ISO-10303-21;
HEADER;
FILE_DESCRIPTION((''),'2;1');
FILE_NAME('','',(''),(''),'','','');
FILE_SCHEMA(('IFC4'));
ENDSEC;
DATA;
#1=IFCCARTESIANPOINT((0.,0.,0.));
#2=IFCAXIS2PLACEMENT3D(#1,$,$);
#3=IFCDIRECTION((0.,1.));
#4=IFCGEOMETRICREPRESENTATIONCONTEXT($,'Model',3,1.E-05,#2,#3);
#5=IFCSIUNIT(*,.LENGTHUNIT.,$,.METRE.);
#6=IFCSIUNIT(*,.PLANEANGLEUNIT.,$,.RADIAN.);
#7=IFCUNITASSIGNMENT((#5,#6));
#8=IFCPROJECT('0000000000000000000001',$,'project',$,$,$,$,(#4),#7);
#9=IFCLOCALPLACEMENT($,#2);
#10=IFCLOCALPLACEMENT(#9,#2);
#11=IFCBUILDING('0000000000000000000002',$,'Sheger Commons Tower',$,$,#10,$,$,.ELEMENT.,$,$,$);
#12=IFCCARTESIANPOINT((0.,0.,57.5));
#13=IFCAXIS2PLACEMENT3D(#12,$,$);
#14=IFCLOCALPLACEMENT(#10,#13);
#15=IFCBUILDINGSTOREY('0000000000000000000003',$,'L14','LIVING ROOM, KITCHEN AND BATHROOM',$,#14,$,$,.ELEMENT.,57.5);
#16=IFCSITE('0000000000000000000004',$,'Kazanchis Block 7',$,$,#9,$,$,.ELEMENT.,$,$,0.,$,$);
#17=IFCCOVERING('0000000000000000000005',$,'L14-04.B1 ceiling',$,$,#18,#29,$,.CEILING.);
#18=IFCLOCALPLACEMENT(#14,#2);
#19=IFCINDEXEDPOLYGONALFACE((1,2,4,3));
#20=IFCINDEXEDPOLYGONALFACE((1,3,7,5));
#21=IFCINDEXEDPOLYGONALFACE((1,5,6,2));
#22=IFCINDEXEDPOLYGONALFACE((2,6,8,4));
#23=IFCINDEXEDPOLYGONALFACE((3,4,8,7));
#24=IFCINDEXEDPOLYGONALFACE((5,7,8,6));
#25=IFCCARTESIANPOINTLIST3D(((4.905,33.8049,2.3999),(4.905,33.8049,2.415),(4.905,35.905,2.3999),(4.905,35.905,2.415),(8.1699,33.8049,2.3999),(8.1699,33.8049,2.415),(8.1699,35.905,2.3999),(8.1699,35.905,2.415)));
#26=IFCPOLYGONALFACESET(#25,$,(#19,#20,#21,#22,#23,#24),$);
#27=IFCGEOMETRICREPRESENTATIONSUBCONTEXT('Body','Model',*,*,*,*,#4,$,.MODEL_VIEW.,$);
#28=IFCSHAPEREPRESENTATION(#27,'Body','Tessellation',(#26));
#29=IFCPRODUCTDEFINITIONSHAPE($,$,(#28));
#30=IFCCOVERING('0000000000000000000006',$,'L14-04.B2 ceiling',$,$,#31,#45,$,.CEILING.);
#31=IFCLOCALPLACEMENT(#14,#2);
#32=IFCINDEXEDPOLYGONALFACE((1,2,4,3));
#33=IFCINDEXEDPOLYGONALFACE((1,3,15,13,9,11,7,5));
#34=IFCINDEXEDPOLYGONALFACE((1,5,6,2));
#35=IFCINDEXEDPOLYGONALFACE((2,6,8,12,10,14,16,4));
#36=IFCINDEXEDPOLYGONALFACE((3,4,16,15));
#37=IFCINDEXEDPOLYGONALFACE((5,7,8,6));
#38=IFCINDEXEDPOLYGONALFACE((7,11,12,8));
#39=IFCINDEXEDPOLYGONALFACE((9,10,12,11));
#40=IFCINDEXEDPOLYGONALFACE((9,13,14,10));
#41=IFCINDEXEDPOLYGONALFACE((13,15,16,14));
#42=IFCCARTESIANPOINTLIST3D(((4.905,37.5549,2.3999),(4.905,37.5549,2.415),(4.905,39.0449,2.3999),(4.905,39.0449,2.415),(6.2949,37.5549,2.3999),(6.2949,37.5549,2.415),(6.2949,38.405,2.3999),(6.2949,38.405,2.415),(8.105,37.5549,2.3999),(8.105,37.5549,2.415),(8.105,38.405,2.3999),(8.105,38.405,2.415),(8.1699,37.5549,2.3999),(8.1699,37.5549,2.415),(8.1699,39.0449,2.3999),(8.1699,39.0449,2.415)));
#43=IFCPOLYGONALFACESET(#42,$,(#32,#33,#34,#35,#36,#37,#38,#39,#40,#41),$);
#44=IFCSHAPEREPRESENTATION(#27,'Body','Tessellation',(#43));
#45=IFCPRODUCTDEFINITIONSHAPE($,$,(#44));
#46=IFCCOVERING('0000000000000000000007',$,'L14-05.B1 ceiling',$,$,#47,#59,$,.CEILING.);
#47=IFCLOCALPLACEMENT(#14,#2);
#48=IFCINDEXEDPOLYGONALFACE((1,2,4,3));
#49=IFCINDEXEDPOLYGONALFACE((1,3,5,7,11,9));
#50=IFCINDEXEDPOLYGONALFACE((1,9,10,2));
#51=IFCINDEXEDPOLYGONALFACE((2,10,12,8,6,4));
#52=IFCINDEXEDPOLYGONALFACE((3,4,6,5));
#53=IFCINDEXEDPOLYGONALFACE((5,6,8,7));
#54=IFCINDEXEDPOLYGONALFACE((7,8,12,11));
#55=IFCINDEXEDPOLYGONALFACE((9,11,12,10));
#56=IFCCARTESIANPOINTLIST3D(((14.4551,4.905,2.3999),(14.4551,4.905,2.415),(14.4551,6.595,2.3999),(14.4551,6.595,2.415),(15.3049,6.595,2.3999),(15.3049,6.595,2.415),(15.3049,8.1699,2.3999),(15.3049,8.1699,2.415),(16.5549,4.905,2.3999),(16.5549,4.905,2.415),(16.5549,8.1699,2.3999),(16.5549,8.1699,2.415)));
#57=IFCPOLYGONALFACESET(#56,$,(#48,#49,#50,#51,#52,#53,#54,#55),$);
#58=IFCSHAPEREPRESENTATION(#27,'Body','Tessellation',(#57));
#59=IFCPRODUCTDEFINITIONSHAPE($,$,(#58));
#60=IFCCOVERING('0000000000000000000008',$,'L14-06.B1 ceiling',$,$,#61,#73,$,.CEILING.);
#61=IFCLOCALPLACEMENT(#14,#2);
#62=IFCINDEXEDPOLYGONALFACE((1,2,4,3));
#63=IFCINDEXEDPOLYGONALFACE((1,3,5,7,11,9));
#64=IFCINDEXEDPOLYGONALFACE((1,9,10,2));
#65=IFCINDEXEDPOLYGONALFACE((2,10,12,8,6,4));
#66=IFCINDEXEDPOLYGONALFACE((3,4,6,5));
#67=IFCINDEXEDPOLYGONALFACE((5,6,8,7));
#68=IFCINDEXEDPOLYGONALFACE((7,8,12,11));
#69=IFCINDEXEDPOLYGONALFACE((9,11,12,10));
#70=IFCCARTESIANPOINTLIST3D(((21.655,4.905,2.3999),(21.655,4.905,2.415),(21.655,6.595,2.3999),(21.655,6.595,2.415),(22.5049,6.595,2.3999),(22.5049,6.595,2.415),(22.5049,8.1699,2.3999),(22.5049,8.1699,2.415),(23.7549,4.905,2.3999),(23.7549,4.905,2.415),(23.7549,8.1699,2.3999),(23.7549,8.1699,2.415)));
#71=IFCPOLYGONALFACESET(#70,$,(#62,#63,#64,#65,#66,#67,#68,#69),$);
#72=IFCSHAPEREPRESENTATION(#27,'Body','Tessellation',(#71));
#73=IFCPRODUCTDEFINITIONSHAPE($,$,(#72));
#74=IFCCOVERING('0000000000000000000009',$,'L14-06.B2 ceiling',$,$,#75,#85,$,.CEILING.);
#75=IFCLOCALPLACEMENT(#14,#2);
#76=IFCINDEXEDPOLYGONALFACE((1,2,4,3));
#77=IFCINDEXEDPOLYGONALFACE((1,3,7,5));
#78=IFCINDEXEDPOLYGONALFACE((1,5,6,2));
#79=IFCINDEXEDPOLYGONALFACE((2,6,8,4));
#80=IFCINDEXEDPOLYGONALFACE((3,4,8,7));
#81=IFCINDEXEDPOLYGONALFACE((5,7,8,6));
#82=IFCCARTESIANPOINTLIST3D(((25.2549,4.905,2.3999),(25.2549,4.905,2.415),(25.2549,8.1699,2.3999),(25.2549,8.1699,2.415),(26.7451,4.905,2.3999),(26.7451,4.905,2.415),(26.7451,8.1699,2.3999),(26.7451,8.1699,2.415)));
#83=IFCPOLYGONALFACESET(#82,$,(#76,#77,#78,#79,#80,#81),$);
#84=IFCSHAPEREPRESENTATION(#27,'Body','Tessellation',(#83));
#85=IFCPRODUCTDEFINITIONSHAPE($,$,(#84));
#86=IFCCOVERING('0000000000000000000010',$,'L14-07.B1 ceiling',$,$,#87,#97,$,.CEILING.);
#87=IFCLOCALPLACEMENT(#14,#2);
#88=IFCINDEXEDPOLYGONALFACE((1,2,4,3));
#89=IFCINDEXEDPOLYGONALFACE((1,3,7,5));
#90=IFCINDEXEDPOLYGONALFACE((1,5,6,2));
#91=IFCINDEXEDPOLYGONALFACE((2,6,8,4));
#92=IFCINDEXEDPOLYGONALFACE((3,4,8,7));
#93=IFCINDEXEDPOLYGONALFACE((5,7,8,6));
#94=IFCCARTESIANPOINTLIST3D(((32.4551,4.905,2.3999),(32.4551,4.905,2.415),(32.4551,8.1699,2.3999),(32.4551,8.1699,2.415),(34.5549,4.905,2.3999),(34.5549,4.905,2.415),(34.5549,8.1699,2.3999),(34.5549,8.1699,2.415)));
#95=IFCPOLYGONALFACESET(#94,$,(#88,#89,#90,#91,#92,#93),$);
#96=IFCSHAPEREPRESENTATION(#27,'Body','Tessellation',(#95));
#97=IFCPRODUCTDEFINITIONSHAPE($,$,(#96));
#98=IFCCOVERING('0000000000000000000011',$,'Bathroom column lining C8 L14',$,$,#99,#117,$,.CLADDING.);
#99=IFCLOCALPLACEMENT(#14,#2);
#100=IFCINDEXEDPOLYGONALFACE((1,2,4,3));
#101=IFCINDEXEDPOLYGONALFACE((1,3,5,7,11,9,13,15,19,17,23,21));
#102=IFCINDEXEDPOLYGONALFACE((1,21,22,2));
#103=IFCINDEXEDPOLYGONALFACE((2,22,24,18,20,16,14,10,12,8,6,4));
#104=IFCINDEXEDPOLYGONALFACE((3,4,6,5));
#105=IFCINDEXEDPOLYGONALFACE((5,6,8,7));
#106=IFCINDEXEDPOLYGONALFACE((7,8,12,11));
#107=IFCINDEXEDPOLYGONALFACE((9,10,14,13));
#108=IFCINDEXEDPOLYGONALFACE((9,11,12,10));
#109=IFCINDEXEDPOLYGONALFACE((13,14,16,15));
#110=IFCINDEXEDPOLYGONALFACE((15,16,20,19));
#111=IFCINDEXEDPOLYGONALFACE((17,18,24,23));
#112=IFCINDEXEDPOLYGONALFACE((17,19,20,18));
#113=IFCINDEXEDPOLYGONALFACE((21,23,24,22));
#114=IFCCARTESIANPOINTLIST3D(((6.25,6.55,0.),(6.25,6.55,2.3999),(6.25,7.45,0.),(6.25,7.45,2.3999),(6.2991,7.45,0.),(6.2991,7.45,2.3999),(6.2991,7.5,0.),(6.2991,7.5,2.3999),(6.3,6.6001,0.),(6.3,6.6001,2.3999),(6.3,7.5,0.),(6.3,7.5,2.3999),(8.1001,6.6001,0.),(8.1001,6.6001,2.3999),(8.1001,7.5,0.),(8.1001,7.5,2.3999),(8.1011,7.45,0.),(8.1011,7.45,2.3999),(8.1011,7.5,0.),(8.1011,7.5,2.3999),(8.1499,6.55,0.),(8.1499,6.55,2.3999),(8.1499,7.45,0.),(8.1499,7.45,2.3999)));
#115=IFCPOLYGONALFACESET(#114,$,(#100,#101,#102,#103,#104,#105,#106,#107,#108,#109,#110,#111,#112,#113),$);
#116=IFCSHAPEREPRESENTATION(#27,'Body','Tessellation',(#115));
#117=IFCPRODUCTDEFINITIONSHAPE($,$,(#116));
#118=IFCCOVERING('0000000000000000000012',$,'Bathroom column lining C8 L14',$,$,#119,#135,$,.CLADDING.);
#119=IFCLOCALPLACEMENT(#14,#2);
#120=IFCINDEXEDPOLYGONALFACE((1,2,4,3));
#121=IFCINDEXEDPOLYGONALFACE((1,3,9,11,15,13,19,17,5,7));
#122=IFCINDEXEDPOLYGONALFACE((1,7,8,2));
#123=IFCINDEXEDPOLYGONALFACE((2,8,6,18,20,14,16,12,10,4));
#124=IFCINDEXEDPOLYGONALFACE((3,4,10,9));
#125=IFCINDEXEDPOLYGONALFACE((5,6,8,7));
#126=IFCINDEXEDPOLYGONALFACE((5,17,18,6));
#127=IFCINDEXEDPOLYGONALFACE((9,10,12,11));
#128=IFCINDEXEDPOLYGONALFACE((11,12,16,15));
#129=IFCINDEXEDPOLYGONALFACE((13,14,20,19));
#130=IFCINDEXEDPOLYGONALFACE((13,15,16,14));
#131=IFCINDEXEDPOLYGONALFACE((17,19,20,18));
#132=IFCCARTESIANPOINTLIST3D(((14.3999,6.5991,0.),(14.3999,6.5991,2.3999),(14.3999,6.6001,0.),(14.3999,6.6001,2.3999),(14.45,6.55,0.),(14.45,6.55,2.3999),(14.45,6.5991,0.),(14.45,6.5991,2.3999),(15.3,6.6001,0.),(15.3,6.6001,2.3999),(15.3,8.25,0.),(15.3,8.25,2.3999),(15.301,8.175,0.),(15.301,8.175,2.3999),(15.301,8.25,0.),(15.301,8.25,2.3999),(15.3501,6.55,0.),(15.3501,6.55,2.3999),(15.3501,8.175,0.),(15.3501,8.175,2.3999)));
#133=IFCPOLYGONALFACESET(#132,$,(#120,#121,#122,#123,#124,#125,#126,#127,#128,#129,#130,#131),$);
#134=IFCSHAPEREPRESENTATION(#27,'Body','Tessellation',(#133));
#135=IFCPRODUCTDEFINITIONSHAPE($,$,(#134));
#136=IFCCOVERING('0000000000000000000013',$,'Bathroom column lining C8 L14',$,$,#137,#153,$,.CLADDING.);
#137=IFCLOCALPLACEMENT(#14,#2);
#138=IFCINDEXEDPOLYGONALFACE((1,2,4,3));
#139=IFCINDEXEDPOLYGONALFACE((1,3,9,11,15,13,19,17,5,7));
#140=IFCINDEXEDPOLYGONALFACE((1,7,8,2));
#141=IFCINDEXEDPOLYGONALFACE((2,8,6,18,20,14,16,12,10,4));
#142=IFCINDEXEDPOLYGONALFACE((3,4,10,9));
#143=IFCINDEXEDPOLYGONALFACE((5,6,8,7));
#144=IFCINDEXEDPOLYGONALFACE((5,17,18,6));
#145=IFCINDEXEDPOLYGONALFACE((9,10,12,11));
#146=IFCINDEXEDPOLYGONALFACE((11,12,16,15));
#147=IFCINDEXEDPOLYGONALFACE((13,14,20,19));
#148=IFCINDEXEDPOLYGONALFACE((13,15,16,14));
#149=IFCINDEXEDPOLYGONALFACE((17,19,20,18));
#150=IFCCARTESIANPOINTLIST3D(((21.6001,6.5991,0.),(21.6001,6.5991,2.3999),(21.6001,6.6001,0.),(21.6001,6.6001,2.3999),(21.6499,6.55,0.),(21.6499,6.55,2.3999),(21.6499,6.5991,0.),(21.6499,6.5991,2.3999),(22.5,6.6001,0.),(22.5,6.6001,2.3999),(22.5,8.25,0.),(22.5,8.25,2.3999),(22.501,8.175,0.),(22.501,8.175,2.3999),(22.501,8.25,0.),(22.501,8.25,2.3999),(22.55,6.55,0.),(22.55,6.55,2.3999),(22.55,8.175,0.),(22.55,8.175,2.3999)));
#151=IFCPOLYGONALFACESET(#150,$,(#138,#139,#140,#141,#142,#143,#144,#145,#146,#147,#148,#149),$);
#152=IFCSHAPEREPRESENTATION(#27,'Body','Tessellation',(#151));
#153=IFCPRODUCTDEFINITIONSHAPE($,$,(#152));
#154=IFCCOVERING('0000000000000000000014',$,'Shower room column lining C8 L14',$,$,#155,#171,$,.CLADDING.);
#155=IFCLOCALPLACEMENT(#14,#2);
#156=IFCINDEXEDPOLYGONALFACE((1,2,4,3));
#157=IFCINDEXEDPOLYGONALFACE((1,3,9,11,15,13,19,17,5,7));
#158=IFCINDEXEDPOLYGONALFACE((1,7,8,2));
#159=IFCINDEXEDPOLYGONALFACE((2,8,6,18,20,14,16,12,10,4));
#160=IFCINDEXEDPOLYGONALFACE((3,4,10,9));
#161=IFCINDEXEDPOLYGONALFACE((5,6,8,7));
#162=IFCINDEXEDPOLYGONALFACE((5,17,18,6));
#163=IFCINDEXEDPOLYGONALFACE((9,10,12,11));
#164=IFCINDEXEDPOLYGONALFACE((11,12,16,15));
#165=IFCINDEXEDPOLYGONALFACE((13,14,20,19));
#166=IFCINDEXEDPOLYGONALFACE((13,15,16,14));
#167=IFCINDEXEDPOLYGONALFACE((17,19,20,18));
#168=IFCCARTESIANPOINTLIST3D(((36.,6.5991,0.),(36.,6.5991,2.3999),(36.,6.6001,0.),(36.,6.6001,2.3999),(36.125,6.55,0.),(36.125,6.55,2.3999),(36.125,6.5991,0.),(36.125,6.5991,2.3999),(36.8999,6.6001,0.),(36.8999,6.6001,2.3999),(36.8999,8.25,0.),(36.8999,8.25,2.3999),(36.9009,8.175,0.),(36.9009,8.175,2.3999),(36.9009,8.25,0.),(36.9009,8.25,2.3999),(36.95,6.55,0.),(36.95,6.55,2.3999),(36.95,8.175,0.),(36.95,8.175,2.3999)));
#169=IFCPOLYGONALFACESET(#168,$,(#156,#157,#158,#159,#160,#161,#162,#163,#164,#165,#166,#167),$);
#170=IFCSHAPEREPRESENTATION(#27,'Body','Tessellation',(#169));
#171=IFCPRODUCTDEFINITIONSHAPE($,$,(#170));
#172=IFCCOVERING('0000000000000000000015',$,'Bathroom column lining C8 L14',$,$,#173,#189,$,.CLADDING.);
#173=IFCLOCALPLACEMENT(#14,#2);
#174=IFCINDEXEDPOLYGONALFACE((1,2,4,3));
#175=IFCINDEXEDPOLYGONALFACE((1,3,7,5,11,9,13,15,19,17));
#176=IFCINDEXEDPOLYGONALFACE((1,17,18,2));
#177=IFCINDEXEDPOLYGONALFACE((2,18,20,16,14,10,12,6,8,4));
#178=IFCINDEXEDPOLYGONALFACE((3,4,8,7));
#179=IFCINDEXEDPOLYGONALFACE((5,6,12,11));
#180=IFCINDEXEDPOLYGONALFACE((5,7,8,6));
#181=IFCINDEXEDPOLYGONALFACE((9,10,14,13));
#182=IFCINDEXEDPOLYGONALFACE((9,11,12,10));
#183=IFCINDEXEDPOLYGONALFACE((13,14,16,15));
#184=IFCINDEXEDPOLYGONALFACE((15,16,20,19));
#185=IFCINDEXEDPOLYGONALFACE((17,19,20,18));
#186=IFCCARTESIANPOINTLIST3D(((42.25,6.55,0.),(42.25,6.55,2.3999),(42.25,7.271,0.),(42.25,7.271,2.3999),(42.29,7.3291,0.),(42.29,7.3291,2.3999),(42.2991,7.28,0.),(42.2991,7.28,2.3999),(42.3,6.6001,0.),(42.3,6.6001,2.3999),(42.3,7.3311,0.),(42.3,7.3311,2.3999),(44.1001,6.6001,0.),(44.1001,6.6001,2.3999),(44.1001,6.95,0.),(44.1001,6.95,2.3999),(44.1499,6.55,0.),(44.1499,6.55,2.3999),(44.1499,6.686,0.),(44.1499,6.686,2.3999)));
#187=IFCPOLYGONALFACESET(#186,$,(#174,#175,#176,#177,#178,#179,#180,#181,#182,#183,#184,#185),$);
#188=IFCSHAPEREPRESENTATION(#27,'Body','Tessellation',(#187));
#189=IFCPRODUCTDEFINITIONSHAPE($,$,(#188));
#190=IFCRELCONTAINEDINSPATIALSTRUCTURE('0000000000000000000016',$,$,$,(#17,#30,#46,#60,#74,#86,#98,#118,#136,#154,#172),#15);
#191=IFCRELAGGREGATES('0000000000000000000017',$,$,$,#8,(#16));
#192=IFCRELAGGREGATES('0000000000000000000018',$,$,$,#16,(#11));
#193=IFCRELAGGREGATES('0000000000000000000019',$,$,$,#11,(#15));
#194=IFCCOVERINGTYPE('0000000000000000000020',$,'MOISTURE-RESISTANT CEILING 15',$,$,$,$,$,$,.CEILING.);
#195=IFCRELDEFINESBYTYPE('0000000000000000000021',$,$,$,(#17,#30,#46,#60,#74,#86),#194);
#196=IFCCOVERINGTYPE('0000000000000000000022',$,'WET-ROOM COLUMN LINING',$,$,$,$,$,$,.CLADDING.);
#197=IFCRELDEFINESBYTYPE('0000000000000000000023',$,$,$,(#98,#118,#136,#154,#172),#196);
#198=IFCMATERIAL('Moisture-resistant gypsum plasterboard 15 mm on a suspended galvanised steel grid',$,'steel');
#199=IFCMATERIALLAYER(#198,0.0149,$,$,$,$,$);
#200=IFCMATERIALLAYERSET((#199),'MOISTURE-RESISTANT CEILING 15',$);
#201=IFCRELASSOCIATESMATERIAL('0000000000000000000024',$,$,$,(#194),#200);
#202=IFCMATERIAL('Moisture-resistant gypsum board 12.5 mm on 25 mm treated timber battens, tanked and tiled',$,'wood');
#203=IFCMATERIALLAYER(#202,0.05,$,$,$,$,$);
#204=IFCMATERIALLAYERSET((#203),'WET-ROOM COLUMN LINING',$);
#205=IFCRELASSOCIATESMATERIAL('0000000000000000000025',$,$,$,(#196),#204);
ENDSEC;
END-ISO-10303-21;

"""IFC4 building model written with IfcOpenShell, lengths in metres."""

from ifc_helpers import new_model, si_unit, direction, frame, origin, place, context, subcontext, project, spatial, polyline, outline, extrude, material, layer, layer_set, type_object, element, save


model = new_model("IFC4")

# Units and contexts
model_context = context("Model", 3, precision=1e-05, world=origin(), true_north=direction((0.0, 1.0)))
body_context = subcontext(model_context, "Body", "Model", "MODEL_VIEW")
ifc_project = project(units=[si_unit("LENGTHUNIT", "METRE"), si_unit("PLANEANGLEUNIT", "RADIAN")], contexts=[model_context])

# Site, building, storey
site_placement = place(None, origin())
site = spatial("IfcSite", under=ifc_project, at=site_placement, Name="Kazanchis Block 7", CompositionType="ELEMENT", RefElevation=0.0)
building_placement = place(site_placement, origin())
building = spatial("IfcBuilding", under=site, at=building_placement, Name="Sheger Commons Tower", CompositionType="ELEMENT")
storey_placement = place(building_placement, frame((0.0, 0.0, 57.5)))
storey = spatial("IfcBuildingStorey", under=building, at=storey_placement, Name="L14", Description="LIVING ROOM, KITCHEN AND BATHROOM", CompositionType="ELEMENT", Elevation=57.5)

# Coverings
ifc_material_1 = material(Name="Moisture-resistant gypsum plasterboard 15 mm on a suspended galvanised steel grid", Category="steel")
ifc_layer_1 = layer(ifc_material_1, 0.0149)
ifc_layer_set_1 = layer_set([ifc_layer_1], Name="MOISTURE-RESISTANT CEILING 15")
covering_type_1 = type_object("IfcCoveringType", Name="MOISTURE-RESISTANT CEILING 15", PredefinedType="CEILING", material=ifc_layer_set_1)
covering_1_placement = place(storey_placement, frame((0.0, 0.0, 2.3999)))
element("IfcCovering", 1, at=covering_1_placement, inside=storey, type_object=covering_type_1, Name="L14-04.B1 ceiling", PredefinedType="CEILING", context=body_context, shape_type="SweptSolid", body=[
    extrude(outline(polyline([(4.905, 33.8049), (8.1699, 33.8049), (8.1699, 35.905), (4.905, 35.905), (4.905, 33.8049)])), origin(), (0.0, 0.0, 1.0), 0.0151),
])
covering_2_placement = place(storey_placement, frame((0.0, 0.0, 2.3999)))
element("IfcCovering", 2, at=covering_2_placement, inside=storey, type_object=covering_type_1, Name="L14-04.B2 ceiling", PredefinedType="CEILING", context=body_context, shape_type="SweptSolid", body=[
    extrude(outline(polyline([(4.905, 37.5549), (6.2949, 37.5549), (6.2949, 38.405), (8.105, 38.405), (8.105, 37.5549), (8.1699, 37.5549), (8.1699, 39.0449), (4.905, 39.0449), (4.905, 37.5549)])), origin(), (0.0, 0.0, 1.0), 0.0151),
])
covering_3_placement = place(storey_placement, frame((0.0, 0.0, 2.3999)))
element("IfcCovering", 3, at=covering_3_placement, inside=storey, type_object=covering_type_1, Name="L14-05.B1 ceiling", PredefinedType="CEILING", context=body_context, shape_type="SweptSolid", body=[
    extrude(outline(polyline([(14.4551, 4.905), (16.5549, 4.905), (16.5549, 8.1699), (15.3049, 8.1699), (15.3049, 6.595), (14.4551, 6.595), (14.4551, 4.905)])), origin(), (0.0, 0.0, 1.0), 0.0151),
])
covering_4_placement = place(storey_placement, frame((0.0, 0.0, 2.3999)))
element("IfcCovering", 4, at=covering_4_placement, inside=storey, type_object=covering_type_1, Name="L14-06.B1 ceiling", PredefinedType="CEILING", context=body_context, shape_type="SweptSolid", body=[
    extrude(outline(polyline([(21.655, 4.905), (23.7549, 4.905), (23.7549, 8.1699), (22.5049, 8.1699), (22.5049, 6.595), (21.655, 6.595), (21.655, 4.905)])), origin(), (0.0, 0.0, 1.0), 0.0151),
])
covering_5_placement = place(storey_placement, frame((0.0, 0.0, 2.3999)))
element("IfcCovering", 5, at=covering_5_placement, inside=storey, type_object=covering_type_1, Name="L14-06.B2 ceiling", PredefinedType="CEILING", context=body_context, shape_type="SweptSolid", body=[
    extrude(outline(polyline([(25.2549, 4.905), (26.7451, 4.905), (26.7451, 8.1699), (25.2549, 8.1699), (25.2549, 4.905)])), origin(), (0.0, 0.0, 1.0), 0.0151),
])
covering_6_placement = place(storey_placement, frame((0.0, 0.0, 2.3999)))
element("IfcCovering", 6, at=covering_6_placement, inside=storey, type_object=covering_type_1, Name="L14-07.B1 ceiling", PredefinedType="CEILING", context=body_context, shape_type="SweptSolid", body=[
    extrude(outline(polyline([(32.4551, 4.905), (34.5549, 4.905), (34.5549, 8.1699), (32.4551, 8.1699), (32.4551, 4.905)])), origin(), (0.0, 0.0, 1.0), 0.0151),
])
ifc_material_2 = material(Name="Moisture-resistant gypsum board 12.5 mm on 25 mm treated timber battens, tanked and tiled", Category="wood")
ifc_layer_2 = layer(ifc_material_2, 0.05)
ifc_layer_set_2 = layer_set([ifc_layer_2], Name="WET-ROOM COLUMN LINING")
covering_type_2 = type_object("IfcCoveringType", Name="WET-ROOM COLUMN LINING", PredefinedType="CLADDING", material=ifc_layer_set_2)
covering_7_placement = place(storey_placement, origin())
element("IfcCovering", 7, at=covering_7_placement, inside=storey, type_object=covering_type_2, Name="Bathroom column lining C8 L14", PredefinedType="CLADDING", context=body_context, shape_type="SweptSolid", body=[
    extrude(outline(polyline([(6.3, 7.5), (6.3, 6.6001), (8.1001, 6.6001), (8.1001, 7.5), (8.1011, 7.5), (8.1011, 7.45), (8.1499, 7.45), (8.1499, 6.55), (6.25, 6.55), (6.25, 7.45), (6.2991, 7.45), (6.2991, 7.5), (6.3, 7.5)])), origin(), (0.0, 0.0, 1.0), 2.3999),
])
covering_8_placement = place(storey_placement, origin())
element("IfcCovering", 8, at=covering_8_placement, inside=storey, type_object=covering_type_2, Name="Bathroom column lining C8 L14", PredefinedType="CLADDING", context=body_context, shape_type="SweptSolid", body=[
    extrude(outline(polyline([(14.45, 6.55), (14.45, 6.5991), (14.3999, 6.5991), (14.3999, 6.6001), (15.3, 6.6001), (15.3, 8.25), (15.301, 8.25), (15.301, 8.175), (15.3501, 8.175), (15.3501, 6.55), (14.45, 6.55)])), origin(), (0.0, 0.0, 1.0), 2.3999),
])
covering_9_placement = place(storey_placement, origin())
element("IfcCovering", 9, at=covering_9_placement, inside=storey, type_object=covering_type_2, Name="Bathroom column lining C8 L14", PredefinedType="CLADDING", context=body_context, shape_type="SweptSolid", body=[
    extrude(outline(polyline([(21.6499, 6.55), (21.6499, 6.5991), (21.6001, 6.5991), (21.6001, 6.6001), (22.5, 6.6001), (22.5, 8.25), (22.501, 8.25), (22.501, 8.175), (22.55, 8.175), (22.55, 6.55), (21.6499, 6.55)])), origin(), (0.0, 0.0, 1.0), 2.3999),
])
covering_10_placement = place(storey_placement, origin())
element("IfcCovering", 10, at=covering_10_placement, inside=storey, type_object=covering_type_2, Name="Shower room column lining C8 L14", PredefinedType="CLADDING", context=body_context, shape_type="SweptSolid", body=[
    extrude(outline(polyline([(36.125, 6.55), (36.125, 6.5991), (36.0, 6.5991), (36.0, 6.6001), (36.8999, 6.6001), (36.8999, 8.25), (36.9009, 8.25), (36.9009, 8.175), (36.95, 8.175), (36.95, 6.55), (36.125, 6.55)])), origin(), (0.0, 0.0, 1.0), 2.3999),
])
covering_11_placement = place(storey_placement, origin())
element("IfcCovering", 11, at=covering_11_placement, inside=storey, type_object=covering_type_2, Name="Bathroom column lining C8 L14", PredefinedType="CLADDING", context=body_context, shape_type="SweptSolid", body=[
    extrude(outline(polyline([(42.3, 7.3311), (42.3, 6.6001), (44.1001, 6.6001), (44.1001, 6.95), (44.1499, 6.686), (44.1499, 6.55), (42.25, 6.55), (42.25, 7.271), (42.2991, 7.28), (42.29, 7.3291), (42.3, 7.3311)])), origin(), (0.0, 0.0, 1.0), 2.3999),
])

save(model, "model.ifc")
